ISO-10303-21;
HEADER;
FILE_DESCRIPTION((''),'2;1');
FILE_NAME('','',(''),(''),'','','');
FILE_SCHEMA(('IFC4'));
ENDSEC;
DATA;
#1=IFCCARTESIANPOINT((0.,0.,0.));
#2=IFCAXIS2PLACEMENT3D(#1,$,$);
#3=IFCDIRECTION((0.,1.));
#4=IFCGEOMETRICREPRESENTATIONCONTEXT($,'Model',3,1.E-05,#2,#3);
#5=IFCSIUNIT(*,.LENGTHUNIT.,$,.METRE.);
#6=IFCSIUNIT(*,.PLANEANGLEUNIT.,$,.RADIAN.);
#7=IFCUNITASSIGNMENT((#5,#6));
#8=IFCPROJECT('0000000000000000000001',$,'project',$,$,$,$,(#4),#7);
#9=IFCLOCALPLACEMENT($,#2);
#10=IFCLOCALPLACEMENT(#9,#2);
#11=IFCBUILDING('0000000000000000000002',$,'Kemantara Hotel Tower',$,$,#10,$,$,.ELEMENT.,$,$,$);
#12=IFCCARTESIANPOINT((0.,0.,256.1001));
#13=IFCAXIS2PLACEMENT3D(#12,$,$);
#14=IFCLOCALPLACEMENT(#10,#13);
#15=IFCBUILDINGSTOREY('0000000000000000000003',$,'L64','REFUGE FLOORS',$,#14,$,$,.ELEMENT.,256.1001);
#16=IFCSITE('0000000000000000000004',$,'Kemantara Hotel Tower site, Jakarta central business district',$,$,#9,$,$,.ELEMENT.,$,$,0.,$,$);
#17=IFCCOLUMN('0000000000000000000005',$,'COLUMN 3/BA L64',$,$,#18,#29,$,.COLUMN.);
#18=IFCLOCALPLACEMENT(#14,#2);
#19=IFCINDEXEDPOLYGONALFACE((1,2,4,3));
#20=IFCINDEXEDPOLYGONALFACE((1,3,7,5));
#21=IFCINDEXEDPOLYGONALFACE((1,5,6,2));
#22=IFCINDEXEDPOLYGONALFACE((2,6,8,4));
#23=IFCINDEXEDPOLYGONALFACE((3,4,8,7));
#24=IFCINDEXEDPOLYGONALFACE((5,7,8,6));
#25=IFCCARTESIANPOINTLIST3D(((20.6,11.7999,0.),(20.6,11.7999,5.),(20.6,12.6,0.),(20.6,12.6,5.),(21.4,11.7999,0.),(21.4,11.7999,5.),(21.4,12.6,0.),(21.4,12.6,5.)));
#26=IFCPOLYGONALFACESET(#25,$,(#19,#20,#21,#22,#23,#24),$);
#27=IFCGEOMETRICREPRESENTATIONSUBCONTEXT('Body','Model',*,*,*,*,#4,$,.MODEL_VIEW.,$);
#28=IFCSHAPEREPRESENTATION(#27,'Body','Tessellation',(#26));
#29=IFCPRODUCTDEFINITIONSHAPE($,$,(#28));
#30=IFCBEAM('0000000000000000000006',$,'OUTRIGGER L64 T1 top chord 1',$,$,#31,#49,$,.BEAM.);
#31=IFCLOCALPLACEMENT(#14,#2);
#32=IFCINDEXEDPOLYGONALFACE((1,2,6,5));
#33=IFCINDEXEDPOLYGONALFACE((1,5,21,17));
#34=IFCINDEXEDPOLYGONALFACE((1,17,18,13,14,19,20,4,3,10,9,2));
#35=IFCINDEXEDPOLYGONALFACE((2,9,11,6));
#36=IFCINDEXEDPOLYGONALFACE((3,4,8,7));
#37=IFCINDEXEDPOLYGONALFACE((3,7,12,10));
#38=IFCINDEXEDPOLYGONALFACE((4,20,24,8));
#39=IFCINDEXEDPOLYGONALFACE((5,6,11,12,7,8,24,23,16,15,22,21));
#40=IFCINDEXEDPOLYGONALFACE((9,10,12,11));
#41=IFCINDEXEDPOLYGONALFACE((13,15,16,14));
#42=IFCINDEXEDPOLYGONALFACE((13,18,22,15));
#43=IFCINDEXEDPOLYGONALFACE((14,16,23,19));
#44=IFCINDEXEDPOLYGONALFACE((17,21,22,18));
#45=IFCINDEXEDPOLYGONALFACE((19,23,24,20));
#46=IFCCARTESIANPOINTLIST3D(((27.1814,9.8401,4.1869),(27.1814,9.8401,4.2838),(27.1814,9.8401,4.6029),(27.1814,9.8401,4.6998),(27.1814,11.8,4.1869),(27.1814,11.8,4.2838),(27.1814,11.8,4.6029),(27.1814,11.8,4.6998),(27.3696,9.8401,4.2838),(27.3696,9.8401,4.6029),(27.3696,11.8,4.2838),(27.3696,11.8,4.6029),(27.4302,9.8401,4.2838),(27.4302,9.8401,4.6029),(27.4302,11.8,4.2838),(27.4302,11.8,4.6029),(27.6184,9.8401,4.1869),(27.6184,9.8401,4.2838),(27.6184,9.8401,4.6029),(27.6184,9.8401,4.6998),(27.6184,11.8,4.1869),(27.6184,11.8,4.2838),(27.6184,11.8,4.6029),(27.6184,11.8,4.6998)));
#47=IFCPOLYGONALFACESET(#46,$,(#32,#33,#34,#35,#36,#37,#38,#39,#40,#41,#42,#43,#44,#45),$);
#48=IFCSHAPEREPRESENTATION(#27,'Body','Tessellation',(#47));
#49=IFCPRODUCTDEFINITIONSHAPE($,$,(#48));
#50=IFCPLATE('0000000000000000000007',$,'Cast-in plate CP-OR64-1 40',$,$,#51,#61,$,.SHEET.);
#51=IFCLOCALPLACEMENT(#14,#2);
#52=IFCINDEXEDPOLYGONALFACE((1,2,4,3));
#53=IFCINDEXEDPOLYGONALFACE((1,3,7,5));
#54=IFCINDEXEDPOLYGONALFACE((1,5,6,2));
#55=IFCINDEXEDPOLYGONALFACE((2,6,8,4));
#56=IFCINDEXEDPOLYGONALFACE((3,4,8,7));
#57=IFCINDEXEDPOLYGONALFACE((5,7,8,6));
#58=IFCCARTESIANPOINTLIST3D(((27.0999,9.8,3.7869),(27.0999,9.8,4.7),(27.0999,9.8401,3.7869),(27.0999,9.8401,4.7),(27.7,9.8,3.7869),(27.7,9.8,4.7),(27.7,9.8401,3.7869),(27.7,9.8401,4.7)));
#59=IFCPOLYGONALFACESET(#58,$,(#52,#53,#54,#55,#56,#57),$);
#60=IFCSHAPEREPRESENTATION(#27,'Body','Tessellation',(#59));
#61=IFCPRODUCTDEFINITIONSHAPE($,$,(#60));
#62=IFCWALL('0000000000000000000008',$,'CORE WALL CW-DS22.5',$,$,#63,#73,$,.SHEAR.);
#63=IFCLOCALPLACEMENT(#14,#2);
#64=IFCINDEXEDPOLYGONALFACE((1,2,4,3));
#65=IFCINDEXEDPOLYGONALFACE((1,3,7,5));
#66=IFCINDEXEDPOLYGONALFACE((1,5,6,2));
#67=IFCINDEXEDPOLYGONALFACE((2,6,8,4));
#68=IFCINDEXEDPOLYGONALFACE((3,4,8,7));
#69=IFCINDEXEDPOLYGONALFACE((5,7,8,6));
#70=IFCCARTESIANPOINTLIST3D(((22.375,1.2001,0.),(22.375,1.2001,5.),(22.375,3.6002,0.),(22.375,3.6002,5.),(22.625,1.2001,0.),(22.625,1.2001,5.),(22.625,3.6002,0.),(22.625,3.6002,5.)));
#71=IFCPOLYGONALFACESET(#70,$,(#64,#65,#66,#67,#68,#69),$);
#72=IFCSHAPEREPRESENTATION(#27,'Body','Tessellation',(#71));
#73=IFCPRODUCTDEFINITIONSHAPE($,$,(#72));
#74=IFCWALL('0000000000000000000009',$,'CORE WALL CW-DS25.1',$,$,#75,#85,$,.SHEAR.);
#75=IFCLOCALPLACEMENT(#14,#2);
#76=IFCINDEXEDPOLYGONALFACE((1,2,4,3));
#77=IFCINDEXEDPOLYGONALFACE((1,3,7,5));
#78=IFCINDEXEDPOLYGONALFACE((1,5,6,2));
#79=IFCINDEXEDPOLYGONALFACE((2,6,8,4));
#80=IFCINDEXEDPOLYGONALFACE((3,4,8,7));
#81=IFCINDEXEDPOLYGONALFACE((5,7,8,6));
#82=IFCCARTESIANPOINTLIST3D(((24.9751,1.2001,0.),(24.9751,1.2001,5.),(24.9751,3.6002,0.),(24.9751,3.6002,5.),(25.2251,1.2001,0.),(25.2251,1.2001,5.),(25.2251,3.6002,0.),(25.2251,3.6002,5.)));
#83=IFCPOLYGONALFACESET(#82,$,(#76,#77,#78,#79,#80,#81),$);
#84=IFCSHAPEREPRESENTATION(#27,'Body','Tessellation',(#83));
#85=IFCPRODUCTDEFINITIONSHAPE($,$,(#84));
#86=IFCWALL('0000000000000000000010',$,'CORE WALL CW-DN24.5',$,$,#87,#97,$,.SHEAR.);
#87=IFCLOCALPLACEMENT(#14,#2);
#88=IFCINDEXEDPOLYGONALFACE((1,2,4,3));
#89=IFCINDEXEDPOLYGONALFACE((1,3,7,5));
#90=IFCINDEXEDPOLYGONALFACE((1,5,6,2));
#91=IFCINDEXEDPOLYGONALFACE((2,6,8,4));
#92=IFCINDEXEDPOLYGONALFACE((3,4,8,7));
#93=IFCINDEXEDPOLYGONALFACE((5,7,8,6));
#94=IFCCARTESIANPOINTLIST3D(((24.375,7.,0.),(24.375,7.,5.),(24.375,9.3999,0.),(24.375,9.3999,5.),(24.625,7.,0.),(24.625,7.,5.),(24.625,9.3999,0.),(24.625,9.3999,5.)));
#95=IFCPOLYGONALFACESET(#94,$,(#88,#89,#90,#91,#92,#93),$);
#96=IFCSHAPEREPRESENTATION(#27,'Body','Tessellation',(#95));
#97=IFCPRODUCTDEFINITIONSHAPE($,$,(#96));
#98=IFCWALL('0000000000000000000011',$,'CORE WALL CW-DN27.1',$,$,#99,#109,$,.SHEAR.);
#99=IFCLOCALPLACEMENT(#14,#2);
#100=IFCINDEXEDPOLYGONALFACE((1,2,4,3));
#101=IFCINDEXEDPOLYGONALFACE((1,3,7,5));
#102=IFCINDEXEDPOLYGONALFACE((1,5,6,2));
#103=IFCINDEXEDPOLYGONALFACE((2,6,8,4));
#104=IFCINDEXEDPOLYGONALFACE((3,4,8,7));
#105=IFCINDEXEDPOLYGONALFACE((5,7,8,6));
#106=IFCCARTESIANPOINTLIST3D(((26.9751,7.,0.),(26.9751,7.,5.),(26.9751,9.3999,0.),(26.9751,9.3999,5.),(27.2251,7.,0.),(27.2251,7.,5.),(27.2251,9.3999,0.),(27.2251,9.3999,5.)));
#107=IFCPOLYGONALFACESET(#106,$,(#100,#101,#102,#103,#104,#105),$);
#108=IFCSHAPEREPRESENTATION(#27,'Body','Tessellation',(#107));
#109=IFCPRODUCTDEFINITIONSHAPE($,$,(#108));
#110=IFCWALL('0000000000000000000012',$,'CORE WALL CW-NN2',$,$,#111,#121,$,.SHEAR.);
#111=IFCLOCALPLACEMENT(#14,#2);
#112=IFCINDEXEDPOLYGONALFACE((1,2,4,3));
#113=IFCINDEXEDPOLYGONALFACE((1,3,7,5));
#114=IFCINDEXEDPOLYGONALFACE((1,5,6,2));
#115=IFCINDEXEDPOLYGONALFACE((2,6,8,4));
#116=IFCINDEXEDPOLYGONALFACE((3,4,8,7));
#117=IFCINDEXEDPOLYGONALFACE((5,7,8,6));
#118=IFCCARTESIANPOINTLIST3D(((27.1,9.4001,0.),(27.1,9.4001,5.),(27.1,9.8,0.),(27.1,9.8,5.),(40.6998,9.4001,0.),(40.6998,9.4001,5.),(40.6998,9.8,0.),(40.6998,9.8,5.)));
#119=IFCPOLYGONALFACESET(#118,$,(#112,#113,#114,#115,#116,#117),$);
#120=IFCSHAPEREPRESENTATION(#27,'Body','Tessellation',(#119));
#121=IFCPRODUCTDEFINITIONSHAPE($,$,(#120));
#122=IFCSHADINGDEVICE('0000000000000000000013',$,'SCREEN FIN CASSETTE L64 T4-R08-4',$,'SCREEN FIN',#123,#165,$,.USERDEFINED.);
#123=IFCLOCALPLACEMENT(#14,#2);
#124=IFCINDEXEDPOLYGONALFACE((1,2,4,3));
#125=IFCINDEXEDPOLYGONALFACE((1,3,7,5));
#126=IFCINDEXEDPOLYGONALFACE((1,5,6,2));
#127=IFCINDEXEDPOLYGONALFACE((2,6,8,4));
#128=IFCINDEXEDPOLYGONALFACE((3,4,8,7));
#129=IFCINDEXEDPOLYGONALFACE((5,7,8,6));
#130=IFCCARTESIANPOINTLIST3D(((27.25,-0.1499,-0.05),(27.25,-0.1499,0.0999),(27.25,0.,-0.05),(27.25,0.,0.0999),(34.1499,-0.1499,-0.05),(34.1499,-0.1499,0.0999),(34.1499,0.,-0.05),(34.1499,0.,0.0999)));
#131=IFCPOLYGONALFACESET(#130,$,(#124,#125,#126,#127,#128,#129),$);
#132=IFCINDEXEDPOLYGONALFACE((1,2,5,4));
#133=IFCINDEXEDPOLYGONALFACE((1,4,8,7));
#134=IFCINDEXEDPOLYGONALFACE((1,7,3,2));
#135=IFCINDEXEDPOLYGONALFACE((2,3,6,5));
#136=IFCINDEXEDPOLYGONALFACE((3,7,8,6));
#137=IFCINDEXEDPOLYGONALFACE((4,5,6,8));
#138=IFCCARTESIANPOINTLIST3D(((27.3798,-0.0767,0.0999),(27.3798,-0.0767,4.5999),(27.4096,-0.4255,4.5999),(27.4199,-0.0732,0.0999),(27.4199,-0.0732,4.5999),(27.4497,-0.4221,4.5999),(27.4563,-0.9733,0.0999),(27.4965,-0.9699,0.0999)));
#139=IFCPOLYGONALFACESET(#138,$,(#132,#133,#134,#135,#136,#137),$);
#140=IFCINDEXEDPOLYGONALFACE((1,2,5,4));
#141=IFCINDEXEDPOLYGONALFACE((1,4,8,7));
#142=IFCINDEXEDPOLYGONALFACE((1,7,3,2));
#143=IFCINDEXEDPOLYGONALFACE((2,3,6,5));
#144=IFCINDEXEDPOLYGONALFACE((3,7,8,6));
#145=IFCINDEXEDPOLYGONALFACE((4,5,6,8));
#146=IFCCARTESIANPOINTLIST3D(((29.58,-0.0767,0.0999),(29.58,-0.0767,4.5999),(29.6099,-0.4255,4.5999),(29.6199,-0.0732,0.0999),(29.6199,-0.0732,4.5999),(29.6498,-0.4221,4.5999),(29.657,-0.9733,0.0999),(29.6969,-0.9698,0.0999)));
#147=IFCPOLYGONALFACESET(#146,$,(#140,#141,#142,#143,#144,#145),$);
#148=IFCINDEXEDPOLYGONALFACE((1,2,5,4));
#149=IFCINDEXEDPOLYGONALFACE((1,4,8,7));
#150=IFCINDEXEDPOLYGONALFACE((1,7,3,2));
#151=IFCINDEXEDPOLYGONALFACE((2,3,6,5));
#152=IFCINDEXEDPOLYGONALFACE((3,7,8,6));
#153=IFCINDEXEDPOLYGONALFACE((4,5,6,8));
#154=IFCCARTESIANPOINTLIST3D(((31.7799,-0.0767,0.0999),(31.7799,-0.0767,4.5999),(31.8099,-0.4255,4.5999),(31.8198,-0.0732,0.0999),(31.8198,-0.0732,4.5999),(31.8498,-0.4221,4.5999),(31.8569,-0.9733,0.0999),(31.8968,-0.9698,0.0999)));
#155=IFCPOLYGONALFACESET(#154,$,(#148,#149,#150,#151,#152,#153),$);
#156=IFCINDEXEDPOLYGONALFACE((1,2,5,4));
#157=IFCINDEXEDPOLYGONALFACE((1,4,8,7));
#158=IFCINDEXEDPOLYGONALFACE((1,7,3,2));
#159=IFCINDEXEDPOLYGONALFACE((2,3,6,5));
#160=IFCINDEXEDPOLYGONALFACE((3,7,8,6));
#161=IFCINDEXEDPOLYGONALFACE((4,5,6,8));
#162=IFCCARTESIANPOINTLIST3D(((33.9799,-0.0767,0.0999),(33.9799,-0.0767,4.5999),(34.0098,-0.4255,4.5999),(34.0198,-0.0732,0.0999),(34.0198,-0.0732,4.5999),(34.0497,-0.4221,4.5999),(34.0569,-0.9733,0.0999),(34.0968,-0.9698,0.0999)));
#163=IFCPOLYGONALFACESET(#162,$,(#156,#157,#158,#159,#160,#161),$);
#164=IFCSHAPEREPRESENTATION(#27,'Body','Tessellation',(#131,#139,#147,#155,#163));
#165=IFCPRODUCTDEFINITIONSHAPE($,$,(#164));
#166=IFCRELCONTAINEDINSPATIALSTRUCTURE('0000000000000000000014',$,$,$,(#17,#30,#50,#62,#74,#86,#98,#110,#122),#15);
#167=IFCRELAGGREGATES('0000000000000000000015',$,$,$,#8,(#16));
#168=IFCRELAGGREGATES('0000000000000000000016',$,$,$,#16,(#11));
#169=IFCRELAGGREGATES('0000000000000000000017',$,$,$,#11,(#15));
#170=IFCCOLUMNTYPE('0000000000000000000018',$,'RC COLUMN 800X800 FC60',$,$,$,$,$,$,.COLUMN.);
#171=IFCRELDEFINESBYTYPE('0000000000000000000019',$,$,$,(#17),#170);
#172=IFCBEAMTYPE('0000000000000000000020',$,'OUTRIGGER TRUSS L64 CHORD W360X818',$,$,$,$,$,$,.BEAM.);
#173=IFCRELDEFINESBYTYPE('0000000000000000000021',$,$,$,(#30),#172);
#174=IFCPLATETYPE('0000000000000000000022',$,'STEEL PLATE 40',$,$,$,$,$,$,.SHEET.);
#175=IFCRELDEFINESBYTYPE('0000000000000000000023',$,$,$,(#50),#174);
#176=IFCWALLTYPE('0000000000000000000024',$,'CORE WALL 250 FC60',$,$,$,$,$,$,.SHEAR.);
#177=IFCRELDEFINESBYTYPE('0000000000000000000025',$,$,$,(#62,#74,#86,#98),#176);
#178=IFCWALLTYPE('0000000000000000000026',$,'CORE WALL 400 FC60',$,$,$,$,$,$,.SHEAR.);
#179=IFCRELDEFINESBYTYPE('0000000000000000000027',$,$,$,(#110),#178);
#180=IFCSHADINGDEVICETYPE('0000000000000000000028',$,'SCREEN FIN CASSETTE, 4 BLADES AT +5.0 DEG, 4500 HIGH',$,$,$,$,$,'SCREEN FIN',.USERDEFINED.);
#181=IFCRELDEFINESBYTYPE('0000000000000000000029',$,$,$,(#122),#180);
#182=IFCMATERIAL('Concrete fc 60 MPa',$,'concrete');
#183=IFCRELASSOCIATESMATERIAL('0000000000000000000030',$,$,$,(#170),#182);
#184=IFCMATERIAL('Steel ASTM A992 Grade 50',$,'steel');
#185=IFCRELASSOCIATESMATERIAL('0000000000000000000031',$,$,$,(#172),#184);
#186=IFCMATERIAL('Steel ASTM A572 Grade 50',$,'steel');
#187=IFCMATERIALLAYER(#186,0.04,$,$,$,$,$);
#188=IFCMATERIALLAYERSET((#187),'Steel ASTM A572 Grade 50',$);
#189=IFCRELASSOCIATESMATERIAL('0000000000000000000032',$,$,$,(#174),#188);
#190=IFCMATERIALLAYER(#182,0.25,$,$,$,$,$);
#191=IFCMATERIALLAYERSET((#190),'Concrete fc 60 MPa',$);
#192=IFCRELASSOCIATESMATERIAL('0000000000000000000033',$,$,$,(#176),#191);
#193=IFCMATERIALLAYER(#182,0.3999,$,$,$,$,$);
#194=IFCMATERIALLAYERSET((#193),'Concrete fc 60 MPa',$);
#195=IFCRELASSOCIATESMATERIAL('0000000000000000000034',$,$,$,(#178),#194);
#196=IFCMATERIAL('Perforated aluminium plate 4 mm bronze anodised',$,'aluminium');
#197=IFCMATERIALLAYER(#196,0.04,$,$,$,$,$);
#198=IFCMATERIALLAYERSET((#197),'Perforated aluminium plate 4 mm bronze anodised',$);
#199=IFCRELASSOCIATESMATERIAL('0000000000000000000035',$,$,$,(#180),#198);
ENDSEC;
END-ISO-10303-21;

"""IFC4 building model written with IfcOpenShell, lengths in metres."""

from ifc_helpers import new_model, si_unit, direction, frame, frame_2d, origin, origin_2d, place, context, subcontext, project, spatial, polyline, rectangle, i_section, outline, extrude, source, transform, mapped, material, layer, layer_set, material_profile, profile_set, type_object, element, save


model = new_model("IFC4")

# Units and contexts
model_context = context("Model", 3, precision=1e-05, world=origin(), true_north=direction((0.0, 1.0)))
body_context = subcontext(model_context, "Body", "Model", "MODEL_VIEW")
ifc_project = project(units=[si_unit("LENGTHUNIT", "METRE"), si_unit("PLANEANGLEUNIT", "RADIAN")], contexts=[model_context])

# Site, building, storey
site_placement = place(None, origin())
site = spatial("IfcSite", under=ifc_project, at=site_placement, Name="Kemantara Hotel Tower site, Jakarta central business district", CompositionType="ELEMENT", RefElevation=0.0)
building_placement = place(site_placement, origin())
building = spatial("IfcBuilding", under=site, at=building_placement, Name="Kemantara Hotel Tower", CompositionType="ELEMENT")
storey_placement = place(building_placement, frame((0.0, 0.0, 256.1001)))
storey = spatial("IfcBuildingStorey", under=building, at=storey_placement, Name="L64", Description="REFUGE FLOORS", CompositionType="ELEMENT", Elevation=256.1001)

# Column
ifc_material_1 = material(Name="Concrete fc 60 MPa", Category="concrete")
ifc_material_profile_1 = material_profile(ifc_material_1, rectangle(XDim=0.8, YDim=0.8, at=origin_2d()), Name="RC 800X800")
ifc_profile_set_1 = profile_set([ifc_material_profile_1], Name="Concrete fc 60 MPa")
column_type = type_object("IfcColumnType", Name="RC COLUMN 800X800 FC60", PredefinedType="COLUMN", material=ifc_profile_set_1)
column_placement = place(storey_placement, frame((21.0, 12.2, 0.0), z_axis=(0.0, 0.0, 1.0), x_axis=(1.0, 0.0, 0.0)))
element("IfcColumn", 1, at=column_placement, inside=storey, type_object=column_type, Name="COLUMN 3/BA L64", PredefinedType="COLUMN", context=body_context, shape_type="SweptSolid", body=[
    extrude(rectangle(XDim=0.8, YDim=0.8, at=origin_2d()), origin(), (0.0, 0.0, 1.0), 5.0),
])

# Beam
ifc_material_2 = material(Name="Steel ASTM A992 Grade 50", Category="steel")
ifc_material_profile_2 = material_profile(ifc_material_2, i_section(OverallWidth=0.437, OverallDepth=0.5129, WebThickness=0.0605, FlangeThickness=0.0969, at=origin_2d()), Name="W360X818")
ifc_profile_set_2 = profile_set([ifc_material_profile_2], Name="Steel ASTM A992 Grade 50")
beam_type = type_object("IfcBeamType", Name="OUTRIGGER TRUSS L64 CHORD W360X818", PredefinedType="BEAM", material=ifc_profile_set_2)
beam_placement = place(storey_placement, frame((27.3999, 9.8401, 4.4434), z_axis=(0.0, 1.0, 0.0), x_axis=(-1.0, 0.0, 0.0)))
element("IfcBeam", 2, at=beam_placement, inside=storey, type_object=beam_type, Name="OUTRIGGER L64 T1 top chord 1", PredefinedType="BEAM", context=body_context, shape_type="SweptSolid", body=[
    extrude(i_section(OverallWidth=0.437, OverallDepth=0.5129, WebThickness=0.0605, FlangeThickness=0.0969, at=origin_2d()), origin(), (0.0, 0.0, 1.0), 1.96),
])

# Plate
ifc_material_3 = material(Name="Steel ASTM A572 Grade 50", Category="steel")
ifc_layer_1 = layer(ifc_material_3, 0.04)
ifc_layer_set_1 = layer_set([ifc_layer_1], Name="Steel ASTM A572 Grade 50")
plate_type = type_object("IfcPlateType", Name="STEEL PLATE 40", PredefinedType="SHEET", material=ifc_layer_set_1)
shared_shape_1 = source(origin(), body_context, "Body", "SweptSolid", [
    extrude(rectangle(XDim=0.6001, YDim=0.04, at=origin_2d()), origin(), (0.0, 0.0, 1.0), 0.9131),
])
plate_placement = place(storey_placement, frame((27.3999, 9.8201, 3.7869), z_axis=(0.0, 0.0, 1.0), x_axis=(1.0, 0.0, 0.0)))
element("IfcPlate", 3, at=plate_placement, inside=storey, type_object=plate_type, Name="Cast-in plate CP-OR64-1 40", PredefinedType="SHEET", context=body_context, shape_type="MappedRepresentation", body=[
    mapped(shared_shape_1, transform((0.0, 0.0, 0.0))),
])

# Walls
ifc_layer_2 = layer(ifc_material_1, 0.25)
ifc_layer_set_2 = layer_set([ifc_layer_2], Name="Concrete fc 60 MPa")
wall_type_1 = type_object("IfcWallType", Name="CORE WALL 250 FC60", PredefinedType="SHEAR", material=ifc_layer_set_2)
for number, where, z_axis, x_axis, name in (
    (4, (22.5, 1.2, 0.0), (0.0, 0.0, 1.0), (0.0, 1.0, 0.0), "CORE WALL CW-DS22.5"),
    (5, (25.1001, 1.2, 0.0), (0.0, 0.0, 1.0), (0.0, 1.0, 0.0), "CORE WALL CW-DS25.1"),
):
    element("IfcWall", number, at=place(storey_placement, frame(where, z_axis=z_axis, x_axis=x_axis)), inside=storey, type_object=wall_type_1, Name=name, PredefinedType="SHEAR", context=body_context, shape_type="SweptSolid", body=[
        extrude(rectangle(XDim=2.4001, YDim=0.25, at=frame_2d((1.2002, 0.0))), origin(), (0.0, 0.0, 1.0), 5.0),
    ])
for number, where, z_axis, x_axis, name in (
    (6, (24.5, 7.0, 0.0), (0.0, 0.0, 1.0), (0.0, 1.0, 0.0), "CORE WALL CW-DN24.5"),
    (7, (27.1001, 7.0, 0.0), (0.0, 0.0, 1.0), (0.0, 1.0, 0.0), "CORE WALL CW-DN27.1"),
):
    element("IfcWall", number, at=place(storey_placement, frame(where, z_axis=z_axis, x_axis=x_axis)), inside=storey, type_object=wall_type_1, Name=name, PredefinedType="SHEAR", context=body_context, shape_type="SweptSolid", body=[
        extrude(rectangle(XDim=2.3999, YDim=0.25, at=frame_2d((1.2, 0.0))), origin(), (0.0, 0.0, 1.0), 5.0),
    ])
ifc_layer_3 = layer(ifc_material_1, 0.3999)
ifc_layer_set_3 = layer_set([ifc_layer_3], Name="Concrete fc 60 MPa")
wall_type_2 = type_object("IfcWallType", Name="CORE WALL 400 FC60", PredefinedType="SHEAR", material=ifc_layer_set_3)
wall_placement = place(storey_placement, frame((27.1001, 9.6001, 0.0), z_axis=(0.0, 0.0, 1.0), x_axis=(1.0, 0.0, 0.0)))
element("IfcWall", 8, at=wall_placement, inside=storey, type_object=wall_type_2, Name="CORE WALL CW-NN2", PredefinedType="SHEAR", context=body_context, shape_type="SweptSolid", body=[
    extrude(rectangle(XDim=13.5999, YDim=0.3999, at=frame_2d((6.7998, 0.0))), origin(), (0.0, 0.0, 1.0), 5.0),
])

# Shading device
ifc_material_4 = material(Name="Perforated aluminium plate 4 mm bronze anodised", Category="aluminium")
ifc_layer_4 = layer(ifc_material_4, 0.04)
ifc_layer_set_4 = layer_set([ifc_layer_4], Name="Perforated aluminium plate 4 mm bronze anodised")
shading_device_type = type_object("IfcShadingDeviceType", Name="SCREEN FIN CASSETTE, 4 BLADES AT +5.0 DEG, 4500 HIGH", ElementType="SCREEN FIN", PredefinedType="USERDEFINED", material=ifc_layer_set_4)
shared_shape_2 = source(origin(), body_context, "Body", "SweptSolid", [
    extrude(rectangle(XDim=6.8999, YDim=0.1499, at=origin_2d()), frame((3.3, -0.075, -0.1499), z_axis=(0.0, 0.0, 1.0), x_axis=(1.0, 0.0, 0.0)), (0.0, 0.0, 1.0), 0.1499),
    extrude(outline(polyline([(0.0, 0.0), (0.8999, 0.0), (0.3501, 4.5), (0.0, 4.5), (0.0, 0.0)])), frame((0.02, -0.0732, 0.0), z_axis=(-0.996376, -0.085056, 0.0), x_axis=(0.085056, -0.996376, 0.0)), (0.0, 0.0, 1.0), 0.0403),
    extrude(outline(polyline([(0.0, 0.0), (0.8999, 0.0), (0.3501, 4.5), (0.0, 4.5), (0.0, 0.0)])), frame((2.22, -0.0732, 0.0), z_axis=(-0.996332, -0.085575, 0.0), x_axis=(0.085575, -0.996332, 0.0)), (0.0, 0.0, 1.0), 0.04),
    extrude(outline(polyline([(0.0, 0.0), (0.8999, 0.0), (0.3501, 4.5), (0.0, 4.5), (0.0, 0.0)])), frame((4.4199, -0.0732, 0.0), z_axis=(-0.996332, -0.085575, 0.0), x_axis=(0.085575, -0.996332, 0.0)), (0.0, 0.0, 1.0), 0.04),
    extrude(outline(polyline([(0.0, 0.0), (0.8999, 0.0), (0.3501, 4.5), (0.0, 4.5), (0.0, 0.0)])), frame((6.6199, -0.0732, 0.0), z_axis=(-0.996332, -0.085575, 0.0), x_axis=(0.085575, -0.996332, 0.0)), (0.0, 0.0, 1.0), 0.04),
])
shading_device_placement = place(storey_placement, frame((27.3999, 0.0, 0.0999), z_axis=(0.0, 0.0, 1.0), x_axis=(1.0, 0.0, 0.0)))
element("IfcShadingDevice", 9, at=shading_device_placement, inside=storey, type_object=shading_device_type, Name="SCREEN FIN CASSETTE L64 T4-R08-4", ObjectType="SCREEN FIN", PredefinedType="USERDEFINED", context=body_context, shape_type="MappedRepresentation", body=[
    mapped(shared_shape_2, transform((0.0, 0.0, 0.0))),
])

save(model, "model.ifc")
